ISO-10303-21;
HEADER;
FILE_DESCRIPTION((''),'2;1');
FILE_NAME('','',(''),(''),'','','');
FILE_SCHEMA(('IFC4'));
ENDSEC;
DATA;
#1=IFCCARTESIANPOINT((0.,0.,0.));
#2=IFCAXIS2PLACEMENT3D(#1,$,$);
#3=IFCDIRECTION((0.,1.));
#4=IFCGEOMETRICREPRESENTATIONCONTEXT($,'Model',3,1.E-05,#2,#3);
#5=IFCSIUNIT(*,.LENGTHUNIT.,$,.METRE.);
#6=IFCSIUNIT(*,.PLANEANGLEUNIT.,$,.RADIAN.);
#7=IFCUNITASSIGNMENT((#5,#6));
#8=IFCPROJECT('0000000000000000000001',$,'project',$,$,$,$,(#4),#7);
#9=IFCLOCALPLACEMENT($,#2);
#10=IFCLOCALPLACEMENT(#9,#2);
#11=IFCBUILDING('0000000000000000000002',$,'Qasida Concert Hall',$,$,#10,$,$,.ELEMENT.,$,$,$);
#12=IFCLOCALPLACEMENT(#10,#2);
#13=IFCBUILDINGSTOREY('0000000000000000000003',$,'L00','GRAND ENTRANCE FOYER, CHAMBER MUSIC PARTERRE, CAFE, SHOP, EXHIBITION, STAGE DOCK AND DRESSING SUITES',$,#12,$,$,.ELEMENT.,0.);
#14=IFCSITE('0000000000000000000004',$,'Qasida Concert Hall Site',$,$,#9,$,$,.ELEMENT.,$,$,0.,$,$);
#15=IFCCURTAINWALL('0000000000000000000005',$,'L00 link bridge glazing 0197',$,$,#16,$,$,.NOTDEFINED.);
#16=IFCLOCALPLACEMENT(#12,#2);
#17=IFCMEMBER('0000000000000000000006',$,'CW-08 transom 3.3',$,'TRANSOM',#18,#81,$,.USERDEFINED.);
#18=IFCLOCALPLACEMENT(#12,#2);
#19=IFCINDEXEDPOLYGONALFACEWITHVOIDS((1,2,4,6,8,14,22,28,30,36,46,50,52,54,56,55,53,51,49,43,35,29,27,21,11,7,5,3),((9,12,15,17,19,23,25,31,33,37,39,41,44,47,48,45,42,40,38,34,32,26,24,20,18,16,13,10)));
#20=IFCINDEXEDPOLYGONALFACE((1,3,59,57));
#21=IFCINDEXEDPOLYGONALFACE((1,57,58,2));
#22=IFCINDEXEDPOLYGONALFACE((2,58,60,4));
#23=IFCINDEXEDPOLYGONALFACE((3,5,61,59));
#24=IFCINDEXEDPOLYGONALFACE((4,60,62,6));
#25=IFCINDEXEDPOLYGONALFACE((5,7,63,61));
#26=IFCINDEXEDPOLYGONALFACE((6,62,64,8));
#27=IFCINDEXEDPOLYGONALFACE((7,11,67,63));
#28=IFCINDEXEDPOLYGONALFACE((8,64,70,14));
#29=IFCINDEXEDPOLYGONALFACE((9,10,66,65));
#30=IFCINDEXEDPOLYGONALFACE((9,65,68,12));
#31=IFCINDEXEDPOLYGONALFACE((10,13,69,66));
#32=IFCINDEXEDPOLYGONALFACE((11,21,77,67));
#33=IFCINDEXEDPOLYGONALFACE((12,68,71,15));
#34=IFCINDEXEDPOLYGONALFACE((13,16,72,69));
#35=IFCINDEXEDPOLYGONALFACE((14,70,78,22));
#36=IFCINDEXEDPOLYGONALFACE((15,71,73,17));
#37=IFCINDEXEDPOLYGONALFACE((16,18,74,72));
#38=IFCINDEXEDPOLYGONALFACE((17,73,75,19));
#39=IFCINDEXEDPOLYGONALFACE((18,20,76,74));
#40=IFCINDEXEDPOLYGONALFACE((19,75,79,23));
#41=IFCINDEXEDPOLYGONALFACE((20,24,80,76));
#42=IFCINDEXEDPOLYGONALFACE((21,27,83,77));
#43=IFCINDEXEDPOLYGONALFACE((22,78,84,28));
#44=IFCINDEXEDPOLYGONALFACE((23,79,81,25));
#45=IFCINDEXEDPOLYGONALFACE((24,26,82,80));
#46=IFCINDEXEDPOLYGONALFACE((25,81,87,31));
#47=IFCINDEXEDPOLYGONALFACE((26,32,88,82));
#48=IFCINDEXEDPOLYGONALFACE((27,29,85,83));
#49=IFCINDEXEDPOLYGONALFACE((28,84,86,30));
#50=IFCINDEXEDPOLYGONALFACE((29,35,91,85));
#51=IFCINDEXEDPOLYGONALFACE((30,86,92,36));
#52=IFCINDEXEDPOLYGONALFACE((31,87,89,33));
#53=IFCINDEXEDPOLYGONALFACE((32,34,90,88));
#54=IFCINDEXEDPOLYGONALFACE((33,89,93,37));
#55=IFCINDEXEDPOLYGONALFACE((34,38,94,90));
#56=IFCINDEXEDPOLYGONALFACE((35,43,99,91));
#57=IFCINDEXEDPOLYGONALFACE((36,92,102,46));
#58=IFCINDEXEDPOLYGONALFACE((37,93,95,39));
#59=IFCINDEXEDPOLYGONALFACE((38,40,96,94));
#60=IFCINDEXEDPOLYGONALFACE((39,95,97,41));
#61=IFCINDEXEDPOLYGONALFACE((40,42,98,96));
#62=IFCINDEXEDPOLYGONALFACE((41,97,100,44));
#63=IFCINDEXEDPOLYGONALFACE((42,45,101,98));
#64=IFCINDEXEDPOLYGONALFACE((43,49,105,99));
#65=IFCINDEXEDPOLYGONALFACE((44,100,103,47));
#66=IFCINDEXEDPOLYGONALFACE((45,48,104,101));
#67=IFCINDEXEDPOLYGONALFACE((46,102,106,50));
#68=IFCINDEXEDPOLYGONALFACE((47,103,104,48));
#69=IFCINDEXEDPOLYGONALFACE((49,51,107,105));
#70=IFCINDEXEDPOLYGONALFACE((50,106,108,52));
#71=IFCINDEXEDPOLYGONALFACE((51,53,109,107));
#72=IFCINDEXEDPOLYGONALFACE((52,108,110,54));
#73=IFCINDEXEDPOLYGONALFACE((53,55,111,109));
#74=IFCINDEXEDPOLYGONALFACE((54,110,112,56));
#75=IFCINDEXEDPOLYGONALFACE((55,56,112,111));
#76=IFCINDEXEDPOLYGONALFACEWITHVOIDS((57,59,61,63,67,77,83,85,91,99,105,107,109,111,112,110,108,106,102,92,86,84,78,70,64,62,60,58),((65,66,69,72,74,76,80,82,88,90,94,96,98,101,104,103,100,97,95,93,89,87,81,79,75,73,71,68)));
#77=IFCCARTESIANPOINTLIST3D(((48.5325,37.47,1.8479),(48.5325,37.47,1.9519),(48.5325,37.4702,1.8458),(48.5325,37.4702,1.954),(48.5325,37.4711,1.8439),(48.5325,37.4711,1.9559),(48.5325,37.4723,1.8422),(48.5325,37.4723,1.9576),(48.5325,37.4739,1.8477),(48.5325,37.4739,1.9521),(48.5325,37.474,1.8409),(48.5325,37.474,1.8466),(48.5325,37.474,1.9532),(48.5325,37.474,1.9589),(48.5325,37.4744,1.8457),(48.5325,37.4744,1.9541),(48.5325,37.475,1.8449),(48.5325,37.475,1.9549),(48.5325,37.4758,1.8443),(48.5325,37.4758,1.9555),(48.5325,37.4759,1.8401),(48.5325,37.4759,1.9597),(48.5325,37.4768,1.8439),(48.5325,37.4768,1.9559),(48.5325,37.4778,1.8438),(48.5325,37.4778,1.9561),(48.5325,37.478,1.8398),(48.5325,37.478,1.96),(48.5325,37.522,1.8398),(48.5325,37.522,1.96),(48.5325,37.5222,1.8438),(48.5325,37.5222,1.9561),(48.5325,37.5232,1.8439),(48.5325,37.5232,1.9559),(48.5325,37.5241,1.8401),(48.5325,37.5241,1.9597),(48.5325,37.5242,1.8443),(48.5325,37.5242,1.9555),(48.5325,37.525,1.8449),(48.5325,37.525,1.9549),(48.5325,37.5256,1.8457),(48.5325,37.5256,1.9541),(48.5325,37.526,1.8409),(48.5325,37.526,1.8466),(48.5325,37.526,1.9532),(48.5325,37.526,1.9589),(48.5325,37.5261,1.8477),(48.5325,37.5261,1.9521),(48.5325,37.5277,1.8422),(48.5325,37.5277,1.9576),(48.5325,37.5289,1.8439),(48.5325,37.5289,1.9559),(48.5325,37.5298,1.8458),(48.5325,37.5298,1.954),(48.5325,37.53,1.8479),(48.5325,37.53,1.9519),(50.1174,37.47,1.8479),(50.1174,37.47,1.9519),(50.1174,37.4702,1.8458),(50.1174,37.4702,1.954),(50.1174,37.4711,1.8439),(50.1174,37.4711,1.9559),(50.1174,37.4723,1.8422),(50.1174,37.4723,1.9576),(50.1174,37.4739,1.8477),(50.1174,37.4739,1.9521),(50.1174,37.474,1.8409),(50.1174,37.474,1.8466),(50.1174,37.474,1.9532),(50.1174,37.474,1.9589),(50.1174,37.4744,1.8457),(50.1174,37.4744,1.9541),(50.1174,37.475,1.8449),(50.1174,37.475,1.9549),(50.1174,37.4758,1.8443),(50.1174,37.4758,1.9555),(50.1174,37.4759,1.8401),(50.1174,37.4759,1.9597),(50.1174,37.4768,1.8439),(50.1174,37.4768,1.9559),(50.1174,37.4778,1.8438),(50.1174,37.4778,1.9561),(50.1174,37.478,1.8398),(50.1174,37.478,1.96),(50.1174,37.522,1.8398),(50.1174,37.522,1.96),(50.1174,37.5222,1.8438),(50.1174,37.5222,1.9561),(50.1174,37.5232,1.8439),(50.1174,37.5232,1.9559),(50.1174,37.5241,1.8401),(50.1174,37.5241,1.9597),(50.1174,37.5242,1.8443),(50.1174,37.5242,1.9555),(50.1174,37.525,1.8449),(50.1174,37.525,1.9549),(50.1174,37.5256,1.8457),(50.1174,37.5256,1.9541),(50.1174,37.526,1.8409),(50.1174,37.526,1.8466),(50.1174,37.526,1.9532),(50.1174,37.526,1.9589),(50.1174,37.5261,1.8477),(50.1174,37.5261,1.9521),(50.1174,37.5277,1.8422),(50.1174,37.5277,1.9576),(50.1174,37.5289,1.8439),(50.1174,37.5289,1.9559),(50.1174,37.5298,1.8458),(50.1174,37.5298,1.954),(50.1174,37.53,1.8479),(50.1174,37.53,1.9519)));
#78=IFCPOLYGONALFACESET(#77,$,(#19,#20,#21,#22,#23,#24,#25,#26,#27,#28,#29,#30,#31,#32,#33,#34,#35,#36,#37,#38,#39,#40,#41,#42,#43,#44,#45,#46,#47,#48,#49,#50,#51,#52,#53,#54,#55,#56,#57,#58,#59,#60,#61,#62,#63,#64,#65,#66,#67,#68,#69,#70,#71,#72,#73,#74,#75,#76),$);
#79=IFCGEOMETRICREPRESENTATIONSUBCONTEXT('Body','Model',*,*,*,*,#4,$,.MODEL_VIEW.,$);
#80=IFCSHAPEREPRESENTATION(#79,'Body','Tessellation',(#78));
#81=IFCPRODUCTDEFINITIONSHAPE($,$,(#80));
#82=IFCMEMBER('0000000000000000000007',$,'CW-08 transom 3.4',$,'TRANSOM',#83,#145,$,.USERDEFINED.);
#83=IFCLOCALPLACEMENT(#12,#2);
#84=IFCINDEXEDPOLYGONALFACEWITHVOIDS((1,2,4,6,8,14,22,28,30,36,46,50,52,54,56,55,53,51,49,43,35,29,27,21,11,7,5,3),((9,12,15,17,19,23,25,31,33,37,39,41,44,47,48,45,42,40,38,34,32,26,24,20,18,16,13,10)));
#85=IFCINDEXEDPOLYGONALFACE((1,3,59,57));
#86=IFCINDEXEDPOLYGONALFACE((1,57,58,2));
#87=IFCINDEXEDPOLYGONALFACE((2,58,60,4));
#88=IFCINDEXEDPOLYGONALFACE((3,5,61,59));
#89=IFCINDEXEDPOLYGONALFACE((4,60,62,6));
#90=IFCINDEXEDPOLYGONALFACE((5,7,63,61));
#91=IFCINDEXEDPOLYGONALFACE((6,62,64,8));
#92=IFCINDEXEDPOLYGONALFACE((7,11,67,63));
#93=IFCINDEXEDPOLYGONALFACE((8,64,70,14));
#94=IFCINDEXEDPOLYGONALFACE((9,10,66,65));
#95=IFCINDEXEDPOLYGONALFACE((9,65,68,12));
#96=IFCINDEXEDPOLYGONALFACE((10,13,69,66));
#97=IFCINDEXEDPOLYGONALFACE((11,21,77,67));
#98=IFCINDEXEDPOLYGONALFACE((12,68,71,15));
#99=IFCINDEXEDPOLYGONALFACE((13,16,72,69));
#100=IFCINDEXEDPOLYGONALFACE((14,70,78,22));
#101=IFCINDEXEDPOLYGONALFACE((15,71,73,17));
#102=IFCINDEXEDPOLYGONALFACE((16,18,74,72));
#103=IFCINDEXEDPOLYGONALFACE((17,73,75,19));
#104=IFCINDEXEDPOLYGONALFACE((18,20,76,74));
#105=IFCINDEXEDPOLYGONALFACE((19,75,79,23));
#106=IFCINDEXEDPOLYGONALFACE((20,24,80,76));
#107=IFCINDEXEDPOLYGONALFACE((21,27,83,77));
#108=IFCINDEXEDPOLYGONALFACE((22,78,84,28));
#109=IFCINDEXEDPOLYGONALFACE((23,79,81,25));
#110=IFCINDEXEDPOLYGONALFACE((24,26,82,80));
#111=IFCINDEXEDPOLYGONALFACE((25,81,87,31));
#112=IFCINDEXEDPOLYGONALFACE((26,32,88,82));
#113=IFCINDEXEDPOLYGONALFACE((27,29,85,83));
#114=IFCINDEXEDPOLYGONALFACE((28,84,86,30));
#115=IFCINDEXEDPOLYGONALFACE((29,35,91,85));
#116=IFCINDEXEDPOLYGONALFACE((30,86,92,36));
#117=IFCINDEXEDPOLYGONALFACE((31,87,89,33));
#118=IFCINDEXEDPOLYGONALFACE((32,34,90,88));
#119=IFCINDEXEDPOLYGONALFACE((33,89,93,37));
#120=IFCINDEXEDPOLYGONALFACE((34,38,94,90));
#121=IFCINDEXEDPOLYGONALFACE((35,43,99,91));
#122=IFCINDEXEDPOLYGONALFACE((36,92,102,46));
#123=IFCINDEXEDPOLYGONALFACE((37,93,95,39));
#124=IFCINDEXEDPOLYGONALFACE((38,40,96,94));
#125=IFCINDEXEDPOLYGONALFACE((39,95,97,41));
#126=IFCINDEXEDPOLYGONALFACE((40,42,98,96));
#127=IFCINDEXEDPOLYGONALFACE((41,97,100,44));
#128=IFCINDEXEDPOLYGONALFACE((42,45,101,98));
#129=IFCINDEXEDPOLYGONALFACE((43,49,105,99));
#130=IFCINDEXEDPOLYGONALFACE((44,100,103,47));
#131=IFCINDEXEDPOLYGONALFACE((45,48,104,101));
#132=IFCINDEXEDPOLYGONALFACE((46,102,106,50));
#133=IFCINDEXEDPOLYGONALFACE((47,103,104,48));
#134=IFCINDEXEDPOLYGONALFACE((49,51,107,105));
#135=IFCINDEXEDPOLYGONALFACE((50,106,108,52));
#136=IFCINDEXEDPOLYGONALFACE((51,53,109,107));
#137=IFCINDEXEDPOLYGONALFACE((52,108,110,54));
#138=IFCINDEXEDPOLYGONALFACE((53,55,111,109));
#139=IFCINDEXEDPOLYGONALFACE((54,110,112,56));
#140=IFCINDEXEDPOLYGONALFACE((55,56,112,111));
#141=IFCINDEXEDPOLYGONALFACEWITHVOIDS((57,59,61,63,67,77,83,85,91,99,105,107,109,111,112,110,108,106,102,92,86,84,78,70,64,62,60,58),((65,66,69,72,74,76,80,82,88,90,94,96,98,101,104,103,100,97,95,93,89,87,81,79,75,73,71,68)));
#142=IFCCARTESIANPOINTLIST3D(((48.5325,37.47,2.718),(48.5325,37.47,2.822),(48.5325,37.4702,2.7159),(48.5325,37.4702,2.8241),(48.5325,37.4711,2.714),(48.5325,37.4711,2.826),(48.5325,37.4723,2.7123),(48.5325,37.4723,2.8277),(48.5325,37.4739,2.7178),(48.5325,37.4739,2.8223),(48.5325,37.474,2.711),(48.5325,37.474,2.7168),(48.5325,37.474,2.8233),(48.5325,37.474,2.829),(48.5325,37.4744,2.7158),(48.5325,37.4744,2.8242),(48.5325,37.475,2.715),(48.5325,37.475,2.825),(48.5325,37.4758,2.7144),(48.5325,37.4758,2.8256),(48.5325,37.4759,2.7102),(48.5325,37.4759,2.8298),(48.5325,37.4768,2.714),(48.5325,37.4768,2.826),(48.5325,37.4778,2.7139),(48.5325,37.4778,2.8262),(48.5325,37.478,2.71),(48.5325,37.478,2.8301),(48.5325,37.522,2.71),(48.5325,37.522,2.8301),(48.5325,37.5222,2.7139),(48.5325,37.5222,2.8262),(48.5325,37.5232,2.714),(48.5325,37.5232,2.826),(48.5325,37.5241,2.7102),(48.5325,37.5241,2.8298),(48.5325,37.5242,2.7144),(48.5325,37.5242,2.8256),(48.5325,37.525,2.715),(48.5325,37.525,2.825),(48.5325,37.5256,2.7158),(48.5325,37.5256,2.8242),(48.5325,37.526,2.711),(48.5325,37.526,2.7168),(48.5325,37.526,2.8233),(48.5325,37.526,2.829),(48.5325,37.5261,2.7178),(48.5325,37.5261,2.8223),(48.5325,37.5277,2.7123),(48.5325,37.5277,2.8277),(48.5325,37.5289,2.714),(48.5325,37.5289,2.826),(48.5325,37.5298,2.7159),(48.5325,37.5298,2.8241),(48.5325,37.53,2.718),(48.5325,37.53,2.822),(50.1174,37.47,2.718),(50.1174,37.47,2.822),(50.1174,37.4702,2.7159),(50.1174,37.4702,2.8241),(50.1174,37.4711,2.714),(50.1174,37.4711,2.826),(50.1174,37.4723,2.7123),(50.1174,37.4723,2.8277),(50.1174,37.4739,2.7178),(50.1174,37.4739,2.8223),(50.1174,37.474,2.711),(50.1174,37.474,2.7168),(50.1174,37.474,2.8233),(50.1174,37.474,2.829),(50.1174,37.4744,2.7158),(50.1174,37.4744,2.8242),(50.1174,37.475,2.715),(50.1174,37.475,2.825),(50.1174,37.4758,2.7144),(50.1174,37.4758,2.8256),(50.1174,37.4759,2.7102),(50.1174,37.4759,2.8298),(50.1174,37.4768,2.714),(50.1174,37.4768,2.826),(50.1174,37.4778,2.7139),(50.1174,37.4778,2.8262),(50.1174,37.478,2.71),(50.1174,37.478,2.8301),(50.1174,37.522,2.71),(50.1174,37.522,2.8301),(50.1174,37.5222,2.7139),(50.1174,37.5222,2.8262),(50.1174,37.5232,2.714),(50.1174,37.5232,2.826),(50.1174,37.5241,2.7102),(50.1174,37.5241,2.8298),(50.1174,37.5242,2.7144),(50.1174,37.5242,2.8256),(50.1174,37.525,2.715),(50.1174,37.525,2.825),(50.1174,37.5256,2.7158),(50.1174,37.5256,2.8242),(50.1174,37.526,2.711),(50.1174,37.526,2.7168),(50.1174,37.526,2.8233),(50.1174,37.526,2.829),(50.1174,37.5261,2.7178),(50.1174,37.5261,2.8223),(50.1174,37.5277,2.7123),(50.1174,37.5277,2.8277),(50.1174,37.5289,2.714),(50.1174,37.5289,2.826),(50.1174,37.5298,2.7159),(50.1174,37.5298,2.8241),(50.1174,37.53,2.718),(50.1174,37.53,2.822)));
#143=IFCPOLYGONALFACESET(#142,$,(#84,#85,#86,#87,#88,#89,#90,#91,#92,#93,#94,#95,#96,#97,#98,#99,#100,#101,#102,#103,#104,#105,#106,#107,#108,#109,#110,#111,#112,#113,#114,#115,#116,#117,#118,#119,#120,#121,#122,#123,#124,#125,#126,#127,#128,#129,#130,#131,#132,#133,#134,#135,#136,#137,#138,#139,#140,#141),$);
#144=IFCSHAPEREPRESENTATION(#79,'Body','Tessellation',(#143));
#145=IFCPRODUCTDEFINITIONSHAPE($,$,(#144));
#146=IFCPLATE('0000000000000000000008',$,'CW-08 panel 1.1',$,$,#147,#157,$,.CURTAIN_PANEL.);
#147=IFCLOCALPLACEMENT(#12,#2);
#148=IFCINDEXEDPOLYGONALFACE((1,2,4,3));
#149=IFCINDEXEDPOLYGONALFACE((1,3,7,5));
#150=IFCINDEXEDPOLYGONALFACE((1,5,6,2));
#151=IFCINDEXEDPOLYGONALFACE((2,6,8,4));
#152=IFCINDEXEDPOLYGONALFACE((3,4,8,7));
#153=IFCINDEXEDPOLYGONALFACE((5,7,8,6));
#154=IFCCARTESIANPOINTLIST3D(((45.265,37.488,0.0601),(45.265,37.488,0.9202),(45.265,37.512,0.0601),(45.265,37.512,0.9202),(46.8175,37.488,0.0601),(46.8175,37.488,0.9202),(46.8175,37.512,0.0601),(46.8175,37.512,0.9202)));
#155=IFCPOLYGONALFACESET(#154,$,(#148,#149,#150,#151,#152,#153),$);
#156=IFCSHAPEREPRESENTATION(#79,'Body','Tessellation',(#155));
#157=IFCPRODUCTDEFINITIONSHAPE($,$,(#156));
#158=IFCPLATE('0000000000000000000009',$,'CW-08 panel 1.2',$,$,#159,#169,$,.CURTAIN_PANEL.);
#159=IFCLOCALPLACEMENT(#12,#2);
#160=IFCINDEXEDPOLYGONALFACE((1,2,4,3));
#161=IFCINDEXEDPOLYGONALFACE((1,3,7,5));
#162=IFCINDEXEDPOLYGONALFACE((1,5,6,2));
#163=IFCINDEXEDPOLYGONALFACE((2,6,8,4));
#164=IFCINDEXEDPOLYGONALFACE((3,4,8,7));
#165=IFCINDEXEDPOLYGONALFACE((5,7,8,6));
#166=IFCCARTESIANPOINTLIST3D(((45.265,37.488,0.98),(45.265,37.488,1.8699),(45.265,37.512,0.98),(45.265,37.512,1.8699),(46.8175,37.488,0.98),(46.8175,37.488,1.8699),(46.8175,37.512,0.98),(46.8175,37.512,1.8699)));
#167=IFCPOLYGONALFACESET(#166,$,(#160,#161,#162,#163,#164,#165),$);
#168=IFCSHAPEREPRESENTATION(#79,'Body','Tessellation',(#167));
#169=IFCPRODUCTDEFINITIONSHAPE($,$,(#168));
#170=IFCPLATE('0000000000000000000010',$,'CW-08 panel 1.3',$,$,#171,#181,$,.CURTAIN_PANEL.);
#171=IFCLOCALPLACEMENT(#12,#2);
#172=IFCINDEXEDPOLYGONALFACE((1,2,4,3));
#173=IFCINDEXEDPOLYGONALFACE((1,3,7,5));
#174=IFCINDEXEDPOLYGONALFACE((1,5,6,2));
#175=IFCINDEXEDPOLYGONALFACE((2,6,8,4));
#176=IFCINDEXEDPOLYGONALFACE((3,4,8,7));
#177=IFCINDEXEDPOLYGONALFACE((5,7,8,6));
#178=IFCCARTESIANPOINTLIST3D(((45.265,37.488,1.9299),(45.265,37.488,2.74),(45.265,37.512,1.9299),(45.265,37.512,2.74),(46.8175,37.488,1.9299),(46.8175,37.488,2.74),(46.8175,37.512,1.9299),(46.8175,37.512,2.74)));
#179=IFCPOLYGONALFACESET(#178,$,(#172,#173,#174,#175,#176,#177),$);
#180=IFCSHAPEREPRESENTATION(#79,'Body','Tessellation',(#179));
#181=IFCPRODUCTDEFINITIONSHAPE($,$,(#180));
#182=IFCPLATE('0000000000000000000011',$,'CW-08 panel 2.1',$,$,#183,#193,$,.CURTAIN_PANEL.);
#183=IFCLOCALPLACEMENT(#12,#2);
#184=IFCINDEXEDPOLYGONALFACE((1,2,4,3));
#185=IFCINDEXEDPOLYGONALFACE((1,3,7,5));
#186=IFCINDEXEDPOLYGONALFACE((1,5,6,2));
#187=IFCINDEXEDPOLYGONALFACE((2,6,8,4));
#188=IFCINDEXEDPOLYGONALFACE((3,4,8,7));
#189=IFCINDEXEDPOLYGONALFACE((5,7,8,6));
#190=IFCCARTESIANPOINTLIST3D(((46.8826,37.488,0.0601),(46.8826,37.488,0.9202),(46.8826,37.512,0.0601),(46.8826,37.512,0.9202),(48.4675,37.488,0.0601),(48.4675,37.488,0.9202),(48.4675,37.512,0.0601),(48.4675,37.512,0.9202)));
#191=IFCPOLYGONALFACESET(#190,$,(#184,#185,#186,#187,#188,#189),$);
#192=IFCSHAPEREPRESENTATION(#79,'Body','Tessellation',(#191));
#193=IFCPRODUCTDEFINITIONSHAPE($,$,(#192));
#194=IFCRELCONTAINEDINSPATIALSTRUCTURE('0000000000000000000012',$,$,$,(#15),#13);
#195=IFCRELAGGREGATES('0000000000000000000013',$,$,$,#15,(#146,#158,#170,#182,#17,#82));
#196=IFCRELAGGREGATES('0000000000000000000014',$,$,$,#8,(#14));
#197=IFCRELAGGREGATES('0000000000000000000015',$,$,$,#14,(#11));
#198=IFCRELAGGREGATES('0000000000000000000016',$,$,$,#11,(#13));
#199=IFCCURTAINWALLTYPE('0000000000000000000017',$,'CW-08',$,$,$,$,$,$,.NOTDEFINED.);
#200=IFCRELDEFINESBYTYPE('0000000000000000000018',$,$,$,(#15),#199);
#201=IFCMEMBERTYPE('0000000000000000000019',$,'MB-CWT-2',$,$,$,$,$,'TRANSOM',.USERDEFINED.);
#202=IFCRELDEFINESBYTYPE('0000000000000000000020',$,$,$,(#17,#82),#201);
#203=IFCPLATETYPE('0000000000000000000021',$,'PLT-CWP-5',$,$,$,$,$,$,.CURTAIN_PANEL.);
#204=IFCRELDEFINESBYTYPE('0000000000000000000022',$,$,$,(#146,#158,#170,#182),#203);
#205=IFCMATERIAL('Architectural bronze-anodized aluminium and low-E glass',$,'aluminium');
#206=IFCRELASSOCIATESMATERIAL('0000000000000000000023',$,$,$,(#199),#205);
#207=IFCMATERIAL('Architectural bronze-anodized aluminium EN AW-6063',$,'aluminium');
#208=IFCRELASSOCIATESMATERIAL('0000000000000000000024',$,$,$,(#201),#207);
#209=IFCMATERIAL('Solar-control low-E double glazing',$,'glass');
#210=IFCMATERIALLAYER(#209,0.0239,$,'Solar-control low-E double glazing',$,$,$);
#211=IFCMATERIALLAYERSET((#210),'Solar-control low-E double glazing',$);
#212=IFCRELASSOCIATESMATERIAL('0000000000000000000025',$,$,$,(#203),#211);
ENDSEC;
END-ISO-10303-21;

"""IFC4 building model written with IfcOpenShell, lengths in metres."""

from ifc_helpers import new_model, si_unit, direction, frame, origin, origin_2d, place, context, subcontext, project, spatial, rectangle, hollow_rectangle, extrude, material, layer, layer_set, material_profile, profile_set, type_object, element, aggregate, save


model = new_model("IFC4")

# Units and contexts
model_context = context("Model", 3, precision=1e-05, world=origin(), true_north=direction((0.0, 1.0)))
body_context = subcontext(model_context, "Body", "Model", "MODEL_VIEW")
ifc_project = project(units=[si_unit("LENGTHUNIT", "METRE"), si_unit("PLANEANGLEUNIT", "RADIAN")], contexts=[model_context])

# Site, building, storey
site_placement = place(None, origin())
site = spatial("IfcSite", under=ifc_project, at=site_placement, Name="Qasida Concert Hall Site", CompositionType="ELEMENT", RefElevation=0.0)
building_placement = place(site_placement, origin())
building = spatial("IfcBuilding", under=site, at=building_placement, Name="Qasida Concert Hall", CompositionType="ELEMENT")
storey_placement = place(building_placement, origin())
storey = spatial("IfcBuildingStorey", under=building, at=storey_placement, Name="L00", Description="GRAND ENTRANCE FOYER, CHAMBER MUSIC PARTERRE, CAFE, SHOP, EXHIBITION, STAGE DOCK AND DRESSING SUITES", CompositionType="ELEMENT", Elevation=0.0)

# Curtain wall, members, plates
ifc_material_1 = material(Name="Architectural bronze-anodized aluminium and low-E glass", Category="aluminium")
curtain_wall_type = type_object("IfcCurtainWallType", Name="CW-08", PredefinedType="NOTDEFINED", material=ifc_material_1)
curtain_wall_placement = place(storey_placement, origin())
curtain_wall = element("IfcCurtainWall", 1, at=curtain_wall_placement, inside=storey, type_object=curtain_wall_type, Name="L00 link bridge glazing 0197", PredefinedType="NOTDEFINED")
ifc_material_2 = material(Name="Architectural bronze-anodized aluminium EN AW-6063", Category="aluminium")
ifc_material_profile_1 = material_profile(ifc_material_2, hollow_rectangle(XDim=0.0601, YDim=0.1201, WallThickness=0.0039, InnerFilletRadius=0.0039, OuterFilletRadius=0.0081, at=origin_2d()), Name="CWT 120x60x4")
ifc_profile_set_1 = profile_set([ifc_material_profile_1], Name="Architectural bronze-anodized aluminium EN AW-6063")
member_type_1 = type_object("IfcMemberType", Name="MB-CWT-2", ElementType="TRANSOM", PredefinedType="USERDEFINED", material=ifc_profile_set_1)
member_1_placement = place(storey_placement, frame((48.5325, 37.5, 1.8999), z_axis=(1.0, 0.0, 0.0), x_axis=(0.0, 1.0, 0.0)))
member_1 = element("IfcMember", 2, at=member_1_placement, type_object=member_type_1, Name="CW-08 transom 3.3", ObjectType="TRANSOM", PredefinedType="USERDEFINED", context=body_context, shape_type="SweptSolid", body=[
    extrude(hollow_rectangle(XDim=0.0601, YDim=0.1201, WallThickness=0.0039, InnerFilletRadius=0.0039, OuterFilletRadius=0.0081, at=origin_2d()), origin(), (0.0, 0.0, 1.0), 1.585),
])
member_2_placement = place(storey_placement, frame((48.5325, 37.5, 2.77), z_axis=(1.0, 0.0, 0.0), x_axis=(0.0, 1.0, 0.0)))
member_2 = element("IfcMember", 3, at=member_2_placement, type_object=member_type_1, Name="CW-08 transom 3.4", ObjectType="TRANSOM", PredefinedType="USERDEFINED", context=body_context, shape_type="SweptSolid", body=[
    extrude(hollow_rectangle(XDim=0.0601, YDim=0.1201, WallThickness=0.0039, InnerFilletRadius=0.0039, OuterFilletRadius=0.0081, at=origin_2d()), origin(), (0.0, 0.0, 1.0), 1.585),
])
ifc_material_3 = material(Name="Solar-control low-E double glazing", Category="glass")
ifc_layer = layer(ifc_material_3, 0.0239, Name="Solar-control low-E double glazing")
ifc_layer_set = layer_set([ifc_layer], Name="Solar-control low-E double glazing")
plate_type = type_object("IfcPlateType", Name="PLT-CWP-5", PredefinedType="CURTAIN_PANEL", material=ifc_layer_set)
plate_1_placement = place(storey_placement, frame((46.0413, 37.5, 0.0601), z_axis=(0.0, 0.0, 1.0), x_axis=(1.0, 0.0, 0.0)))
plate_1 = element("IfcPlate", 4, at=plate_1_placement, type_object=plate_type, Name="CW-08 panel 1.1", PredefinedType="CURTAIN_PANEL", context=body_context, shape_type="SweptSolid", body=[
    extrude(rectangle(XDim=1.5525, YDim=0.0239, at=origin_2d()), origin(), (0.0, 0.0, 1.0), 0.8601),
])
plate_2_placement = place(storey_placement, frame((46.0413, 37.5, 0.98), z_axis=(0.0, 0.0, 1.0), x_axis=(1.0, 0.0, 0.0)))
plate_2 = element("IfcPlate", 5, at=plate_2_placement, type_object=plate_type, Name="CW-08 panel 1.2", PredefinedType="CURTAIN_PANEL", context=body_context, shape_type="SweptSolid", body=[
    extrude(rectangle(XDim=1.5525, YDim=0.0239, at=origin_2d()), origin(), (0.0, 0.0, 1.0), 0.8899),
])
plate_3_placement = place(storey_placement, frame((46.0413, 37.5, 1.9299), z_axis=(0.0, 0.0, 1.0), x_axis=(1.0, 0.0, 0.0)))
plate_3 = element("IfcPlate", 6, at=plate_3_placement, type_object=plate_type, Name="CW-08 panel 1.3", PredefinedType="CURTAIN_PANEL", context=body_context, shape_type="SweptSolid", body=[
    extrude(rectangle(XDim=1.5525, YDim=0.0239, at=origin_2d()), origin(), (0.0, 0.0, 1.0), 0.8101),
])
plate_4_placement = place(storey_placement, frame((47.675, 37.5, 0.0601), z_axis=(0.0, 0.0, 1.0), x_axis=(1.0, 0.0, 0.0)))
plate_4 = element("IfcPlate", 7, at=plate_4_placement, type_object=plate_type, Name="CW-08 panel 2.1", PredefinedType="CURTAIN_PANEL", context=body_context, shape_type="SweptSolid", body=[
    extrude(rectangle(XDim=1.585, YDim=0.0239, at=origin_2d()), origin(), (0.0, 0.0, 1.0), 0.8601),
])
aggregate(curtain_wall, [plate_1, plate_2, plate_3, plate_4, member_1, member_2])

save(model, "model.ifc")
